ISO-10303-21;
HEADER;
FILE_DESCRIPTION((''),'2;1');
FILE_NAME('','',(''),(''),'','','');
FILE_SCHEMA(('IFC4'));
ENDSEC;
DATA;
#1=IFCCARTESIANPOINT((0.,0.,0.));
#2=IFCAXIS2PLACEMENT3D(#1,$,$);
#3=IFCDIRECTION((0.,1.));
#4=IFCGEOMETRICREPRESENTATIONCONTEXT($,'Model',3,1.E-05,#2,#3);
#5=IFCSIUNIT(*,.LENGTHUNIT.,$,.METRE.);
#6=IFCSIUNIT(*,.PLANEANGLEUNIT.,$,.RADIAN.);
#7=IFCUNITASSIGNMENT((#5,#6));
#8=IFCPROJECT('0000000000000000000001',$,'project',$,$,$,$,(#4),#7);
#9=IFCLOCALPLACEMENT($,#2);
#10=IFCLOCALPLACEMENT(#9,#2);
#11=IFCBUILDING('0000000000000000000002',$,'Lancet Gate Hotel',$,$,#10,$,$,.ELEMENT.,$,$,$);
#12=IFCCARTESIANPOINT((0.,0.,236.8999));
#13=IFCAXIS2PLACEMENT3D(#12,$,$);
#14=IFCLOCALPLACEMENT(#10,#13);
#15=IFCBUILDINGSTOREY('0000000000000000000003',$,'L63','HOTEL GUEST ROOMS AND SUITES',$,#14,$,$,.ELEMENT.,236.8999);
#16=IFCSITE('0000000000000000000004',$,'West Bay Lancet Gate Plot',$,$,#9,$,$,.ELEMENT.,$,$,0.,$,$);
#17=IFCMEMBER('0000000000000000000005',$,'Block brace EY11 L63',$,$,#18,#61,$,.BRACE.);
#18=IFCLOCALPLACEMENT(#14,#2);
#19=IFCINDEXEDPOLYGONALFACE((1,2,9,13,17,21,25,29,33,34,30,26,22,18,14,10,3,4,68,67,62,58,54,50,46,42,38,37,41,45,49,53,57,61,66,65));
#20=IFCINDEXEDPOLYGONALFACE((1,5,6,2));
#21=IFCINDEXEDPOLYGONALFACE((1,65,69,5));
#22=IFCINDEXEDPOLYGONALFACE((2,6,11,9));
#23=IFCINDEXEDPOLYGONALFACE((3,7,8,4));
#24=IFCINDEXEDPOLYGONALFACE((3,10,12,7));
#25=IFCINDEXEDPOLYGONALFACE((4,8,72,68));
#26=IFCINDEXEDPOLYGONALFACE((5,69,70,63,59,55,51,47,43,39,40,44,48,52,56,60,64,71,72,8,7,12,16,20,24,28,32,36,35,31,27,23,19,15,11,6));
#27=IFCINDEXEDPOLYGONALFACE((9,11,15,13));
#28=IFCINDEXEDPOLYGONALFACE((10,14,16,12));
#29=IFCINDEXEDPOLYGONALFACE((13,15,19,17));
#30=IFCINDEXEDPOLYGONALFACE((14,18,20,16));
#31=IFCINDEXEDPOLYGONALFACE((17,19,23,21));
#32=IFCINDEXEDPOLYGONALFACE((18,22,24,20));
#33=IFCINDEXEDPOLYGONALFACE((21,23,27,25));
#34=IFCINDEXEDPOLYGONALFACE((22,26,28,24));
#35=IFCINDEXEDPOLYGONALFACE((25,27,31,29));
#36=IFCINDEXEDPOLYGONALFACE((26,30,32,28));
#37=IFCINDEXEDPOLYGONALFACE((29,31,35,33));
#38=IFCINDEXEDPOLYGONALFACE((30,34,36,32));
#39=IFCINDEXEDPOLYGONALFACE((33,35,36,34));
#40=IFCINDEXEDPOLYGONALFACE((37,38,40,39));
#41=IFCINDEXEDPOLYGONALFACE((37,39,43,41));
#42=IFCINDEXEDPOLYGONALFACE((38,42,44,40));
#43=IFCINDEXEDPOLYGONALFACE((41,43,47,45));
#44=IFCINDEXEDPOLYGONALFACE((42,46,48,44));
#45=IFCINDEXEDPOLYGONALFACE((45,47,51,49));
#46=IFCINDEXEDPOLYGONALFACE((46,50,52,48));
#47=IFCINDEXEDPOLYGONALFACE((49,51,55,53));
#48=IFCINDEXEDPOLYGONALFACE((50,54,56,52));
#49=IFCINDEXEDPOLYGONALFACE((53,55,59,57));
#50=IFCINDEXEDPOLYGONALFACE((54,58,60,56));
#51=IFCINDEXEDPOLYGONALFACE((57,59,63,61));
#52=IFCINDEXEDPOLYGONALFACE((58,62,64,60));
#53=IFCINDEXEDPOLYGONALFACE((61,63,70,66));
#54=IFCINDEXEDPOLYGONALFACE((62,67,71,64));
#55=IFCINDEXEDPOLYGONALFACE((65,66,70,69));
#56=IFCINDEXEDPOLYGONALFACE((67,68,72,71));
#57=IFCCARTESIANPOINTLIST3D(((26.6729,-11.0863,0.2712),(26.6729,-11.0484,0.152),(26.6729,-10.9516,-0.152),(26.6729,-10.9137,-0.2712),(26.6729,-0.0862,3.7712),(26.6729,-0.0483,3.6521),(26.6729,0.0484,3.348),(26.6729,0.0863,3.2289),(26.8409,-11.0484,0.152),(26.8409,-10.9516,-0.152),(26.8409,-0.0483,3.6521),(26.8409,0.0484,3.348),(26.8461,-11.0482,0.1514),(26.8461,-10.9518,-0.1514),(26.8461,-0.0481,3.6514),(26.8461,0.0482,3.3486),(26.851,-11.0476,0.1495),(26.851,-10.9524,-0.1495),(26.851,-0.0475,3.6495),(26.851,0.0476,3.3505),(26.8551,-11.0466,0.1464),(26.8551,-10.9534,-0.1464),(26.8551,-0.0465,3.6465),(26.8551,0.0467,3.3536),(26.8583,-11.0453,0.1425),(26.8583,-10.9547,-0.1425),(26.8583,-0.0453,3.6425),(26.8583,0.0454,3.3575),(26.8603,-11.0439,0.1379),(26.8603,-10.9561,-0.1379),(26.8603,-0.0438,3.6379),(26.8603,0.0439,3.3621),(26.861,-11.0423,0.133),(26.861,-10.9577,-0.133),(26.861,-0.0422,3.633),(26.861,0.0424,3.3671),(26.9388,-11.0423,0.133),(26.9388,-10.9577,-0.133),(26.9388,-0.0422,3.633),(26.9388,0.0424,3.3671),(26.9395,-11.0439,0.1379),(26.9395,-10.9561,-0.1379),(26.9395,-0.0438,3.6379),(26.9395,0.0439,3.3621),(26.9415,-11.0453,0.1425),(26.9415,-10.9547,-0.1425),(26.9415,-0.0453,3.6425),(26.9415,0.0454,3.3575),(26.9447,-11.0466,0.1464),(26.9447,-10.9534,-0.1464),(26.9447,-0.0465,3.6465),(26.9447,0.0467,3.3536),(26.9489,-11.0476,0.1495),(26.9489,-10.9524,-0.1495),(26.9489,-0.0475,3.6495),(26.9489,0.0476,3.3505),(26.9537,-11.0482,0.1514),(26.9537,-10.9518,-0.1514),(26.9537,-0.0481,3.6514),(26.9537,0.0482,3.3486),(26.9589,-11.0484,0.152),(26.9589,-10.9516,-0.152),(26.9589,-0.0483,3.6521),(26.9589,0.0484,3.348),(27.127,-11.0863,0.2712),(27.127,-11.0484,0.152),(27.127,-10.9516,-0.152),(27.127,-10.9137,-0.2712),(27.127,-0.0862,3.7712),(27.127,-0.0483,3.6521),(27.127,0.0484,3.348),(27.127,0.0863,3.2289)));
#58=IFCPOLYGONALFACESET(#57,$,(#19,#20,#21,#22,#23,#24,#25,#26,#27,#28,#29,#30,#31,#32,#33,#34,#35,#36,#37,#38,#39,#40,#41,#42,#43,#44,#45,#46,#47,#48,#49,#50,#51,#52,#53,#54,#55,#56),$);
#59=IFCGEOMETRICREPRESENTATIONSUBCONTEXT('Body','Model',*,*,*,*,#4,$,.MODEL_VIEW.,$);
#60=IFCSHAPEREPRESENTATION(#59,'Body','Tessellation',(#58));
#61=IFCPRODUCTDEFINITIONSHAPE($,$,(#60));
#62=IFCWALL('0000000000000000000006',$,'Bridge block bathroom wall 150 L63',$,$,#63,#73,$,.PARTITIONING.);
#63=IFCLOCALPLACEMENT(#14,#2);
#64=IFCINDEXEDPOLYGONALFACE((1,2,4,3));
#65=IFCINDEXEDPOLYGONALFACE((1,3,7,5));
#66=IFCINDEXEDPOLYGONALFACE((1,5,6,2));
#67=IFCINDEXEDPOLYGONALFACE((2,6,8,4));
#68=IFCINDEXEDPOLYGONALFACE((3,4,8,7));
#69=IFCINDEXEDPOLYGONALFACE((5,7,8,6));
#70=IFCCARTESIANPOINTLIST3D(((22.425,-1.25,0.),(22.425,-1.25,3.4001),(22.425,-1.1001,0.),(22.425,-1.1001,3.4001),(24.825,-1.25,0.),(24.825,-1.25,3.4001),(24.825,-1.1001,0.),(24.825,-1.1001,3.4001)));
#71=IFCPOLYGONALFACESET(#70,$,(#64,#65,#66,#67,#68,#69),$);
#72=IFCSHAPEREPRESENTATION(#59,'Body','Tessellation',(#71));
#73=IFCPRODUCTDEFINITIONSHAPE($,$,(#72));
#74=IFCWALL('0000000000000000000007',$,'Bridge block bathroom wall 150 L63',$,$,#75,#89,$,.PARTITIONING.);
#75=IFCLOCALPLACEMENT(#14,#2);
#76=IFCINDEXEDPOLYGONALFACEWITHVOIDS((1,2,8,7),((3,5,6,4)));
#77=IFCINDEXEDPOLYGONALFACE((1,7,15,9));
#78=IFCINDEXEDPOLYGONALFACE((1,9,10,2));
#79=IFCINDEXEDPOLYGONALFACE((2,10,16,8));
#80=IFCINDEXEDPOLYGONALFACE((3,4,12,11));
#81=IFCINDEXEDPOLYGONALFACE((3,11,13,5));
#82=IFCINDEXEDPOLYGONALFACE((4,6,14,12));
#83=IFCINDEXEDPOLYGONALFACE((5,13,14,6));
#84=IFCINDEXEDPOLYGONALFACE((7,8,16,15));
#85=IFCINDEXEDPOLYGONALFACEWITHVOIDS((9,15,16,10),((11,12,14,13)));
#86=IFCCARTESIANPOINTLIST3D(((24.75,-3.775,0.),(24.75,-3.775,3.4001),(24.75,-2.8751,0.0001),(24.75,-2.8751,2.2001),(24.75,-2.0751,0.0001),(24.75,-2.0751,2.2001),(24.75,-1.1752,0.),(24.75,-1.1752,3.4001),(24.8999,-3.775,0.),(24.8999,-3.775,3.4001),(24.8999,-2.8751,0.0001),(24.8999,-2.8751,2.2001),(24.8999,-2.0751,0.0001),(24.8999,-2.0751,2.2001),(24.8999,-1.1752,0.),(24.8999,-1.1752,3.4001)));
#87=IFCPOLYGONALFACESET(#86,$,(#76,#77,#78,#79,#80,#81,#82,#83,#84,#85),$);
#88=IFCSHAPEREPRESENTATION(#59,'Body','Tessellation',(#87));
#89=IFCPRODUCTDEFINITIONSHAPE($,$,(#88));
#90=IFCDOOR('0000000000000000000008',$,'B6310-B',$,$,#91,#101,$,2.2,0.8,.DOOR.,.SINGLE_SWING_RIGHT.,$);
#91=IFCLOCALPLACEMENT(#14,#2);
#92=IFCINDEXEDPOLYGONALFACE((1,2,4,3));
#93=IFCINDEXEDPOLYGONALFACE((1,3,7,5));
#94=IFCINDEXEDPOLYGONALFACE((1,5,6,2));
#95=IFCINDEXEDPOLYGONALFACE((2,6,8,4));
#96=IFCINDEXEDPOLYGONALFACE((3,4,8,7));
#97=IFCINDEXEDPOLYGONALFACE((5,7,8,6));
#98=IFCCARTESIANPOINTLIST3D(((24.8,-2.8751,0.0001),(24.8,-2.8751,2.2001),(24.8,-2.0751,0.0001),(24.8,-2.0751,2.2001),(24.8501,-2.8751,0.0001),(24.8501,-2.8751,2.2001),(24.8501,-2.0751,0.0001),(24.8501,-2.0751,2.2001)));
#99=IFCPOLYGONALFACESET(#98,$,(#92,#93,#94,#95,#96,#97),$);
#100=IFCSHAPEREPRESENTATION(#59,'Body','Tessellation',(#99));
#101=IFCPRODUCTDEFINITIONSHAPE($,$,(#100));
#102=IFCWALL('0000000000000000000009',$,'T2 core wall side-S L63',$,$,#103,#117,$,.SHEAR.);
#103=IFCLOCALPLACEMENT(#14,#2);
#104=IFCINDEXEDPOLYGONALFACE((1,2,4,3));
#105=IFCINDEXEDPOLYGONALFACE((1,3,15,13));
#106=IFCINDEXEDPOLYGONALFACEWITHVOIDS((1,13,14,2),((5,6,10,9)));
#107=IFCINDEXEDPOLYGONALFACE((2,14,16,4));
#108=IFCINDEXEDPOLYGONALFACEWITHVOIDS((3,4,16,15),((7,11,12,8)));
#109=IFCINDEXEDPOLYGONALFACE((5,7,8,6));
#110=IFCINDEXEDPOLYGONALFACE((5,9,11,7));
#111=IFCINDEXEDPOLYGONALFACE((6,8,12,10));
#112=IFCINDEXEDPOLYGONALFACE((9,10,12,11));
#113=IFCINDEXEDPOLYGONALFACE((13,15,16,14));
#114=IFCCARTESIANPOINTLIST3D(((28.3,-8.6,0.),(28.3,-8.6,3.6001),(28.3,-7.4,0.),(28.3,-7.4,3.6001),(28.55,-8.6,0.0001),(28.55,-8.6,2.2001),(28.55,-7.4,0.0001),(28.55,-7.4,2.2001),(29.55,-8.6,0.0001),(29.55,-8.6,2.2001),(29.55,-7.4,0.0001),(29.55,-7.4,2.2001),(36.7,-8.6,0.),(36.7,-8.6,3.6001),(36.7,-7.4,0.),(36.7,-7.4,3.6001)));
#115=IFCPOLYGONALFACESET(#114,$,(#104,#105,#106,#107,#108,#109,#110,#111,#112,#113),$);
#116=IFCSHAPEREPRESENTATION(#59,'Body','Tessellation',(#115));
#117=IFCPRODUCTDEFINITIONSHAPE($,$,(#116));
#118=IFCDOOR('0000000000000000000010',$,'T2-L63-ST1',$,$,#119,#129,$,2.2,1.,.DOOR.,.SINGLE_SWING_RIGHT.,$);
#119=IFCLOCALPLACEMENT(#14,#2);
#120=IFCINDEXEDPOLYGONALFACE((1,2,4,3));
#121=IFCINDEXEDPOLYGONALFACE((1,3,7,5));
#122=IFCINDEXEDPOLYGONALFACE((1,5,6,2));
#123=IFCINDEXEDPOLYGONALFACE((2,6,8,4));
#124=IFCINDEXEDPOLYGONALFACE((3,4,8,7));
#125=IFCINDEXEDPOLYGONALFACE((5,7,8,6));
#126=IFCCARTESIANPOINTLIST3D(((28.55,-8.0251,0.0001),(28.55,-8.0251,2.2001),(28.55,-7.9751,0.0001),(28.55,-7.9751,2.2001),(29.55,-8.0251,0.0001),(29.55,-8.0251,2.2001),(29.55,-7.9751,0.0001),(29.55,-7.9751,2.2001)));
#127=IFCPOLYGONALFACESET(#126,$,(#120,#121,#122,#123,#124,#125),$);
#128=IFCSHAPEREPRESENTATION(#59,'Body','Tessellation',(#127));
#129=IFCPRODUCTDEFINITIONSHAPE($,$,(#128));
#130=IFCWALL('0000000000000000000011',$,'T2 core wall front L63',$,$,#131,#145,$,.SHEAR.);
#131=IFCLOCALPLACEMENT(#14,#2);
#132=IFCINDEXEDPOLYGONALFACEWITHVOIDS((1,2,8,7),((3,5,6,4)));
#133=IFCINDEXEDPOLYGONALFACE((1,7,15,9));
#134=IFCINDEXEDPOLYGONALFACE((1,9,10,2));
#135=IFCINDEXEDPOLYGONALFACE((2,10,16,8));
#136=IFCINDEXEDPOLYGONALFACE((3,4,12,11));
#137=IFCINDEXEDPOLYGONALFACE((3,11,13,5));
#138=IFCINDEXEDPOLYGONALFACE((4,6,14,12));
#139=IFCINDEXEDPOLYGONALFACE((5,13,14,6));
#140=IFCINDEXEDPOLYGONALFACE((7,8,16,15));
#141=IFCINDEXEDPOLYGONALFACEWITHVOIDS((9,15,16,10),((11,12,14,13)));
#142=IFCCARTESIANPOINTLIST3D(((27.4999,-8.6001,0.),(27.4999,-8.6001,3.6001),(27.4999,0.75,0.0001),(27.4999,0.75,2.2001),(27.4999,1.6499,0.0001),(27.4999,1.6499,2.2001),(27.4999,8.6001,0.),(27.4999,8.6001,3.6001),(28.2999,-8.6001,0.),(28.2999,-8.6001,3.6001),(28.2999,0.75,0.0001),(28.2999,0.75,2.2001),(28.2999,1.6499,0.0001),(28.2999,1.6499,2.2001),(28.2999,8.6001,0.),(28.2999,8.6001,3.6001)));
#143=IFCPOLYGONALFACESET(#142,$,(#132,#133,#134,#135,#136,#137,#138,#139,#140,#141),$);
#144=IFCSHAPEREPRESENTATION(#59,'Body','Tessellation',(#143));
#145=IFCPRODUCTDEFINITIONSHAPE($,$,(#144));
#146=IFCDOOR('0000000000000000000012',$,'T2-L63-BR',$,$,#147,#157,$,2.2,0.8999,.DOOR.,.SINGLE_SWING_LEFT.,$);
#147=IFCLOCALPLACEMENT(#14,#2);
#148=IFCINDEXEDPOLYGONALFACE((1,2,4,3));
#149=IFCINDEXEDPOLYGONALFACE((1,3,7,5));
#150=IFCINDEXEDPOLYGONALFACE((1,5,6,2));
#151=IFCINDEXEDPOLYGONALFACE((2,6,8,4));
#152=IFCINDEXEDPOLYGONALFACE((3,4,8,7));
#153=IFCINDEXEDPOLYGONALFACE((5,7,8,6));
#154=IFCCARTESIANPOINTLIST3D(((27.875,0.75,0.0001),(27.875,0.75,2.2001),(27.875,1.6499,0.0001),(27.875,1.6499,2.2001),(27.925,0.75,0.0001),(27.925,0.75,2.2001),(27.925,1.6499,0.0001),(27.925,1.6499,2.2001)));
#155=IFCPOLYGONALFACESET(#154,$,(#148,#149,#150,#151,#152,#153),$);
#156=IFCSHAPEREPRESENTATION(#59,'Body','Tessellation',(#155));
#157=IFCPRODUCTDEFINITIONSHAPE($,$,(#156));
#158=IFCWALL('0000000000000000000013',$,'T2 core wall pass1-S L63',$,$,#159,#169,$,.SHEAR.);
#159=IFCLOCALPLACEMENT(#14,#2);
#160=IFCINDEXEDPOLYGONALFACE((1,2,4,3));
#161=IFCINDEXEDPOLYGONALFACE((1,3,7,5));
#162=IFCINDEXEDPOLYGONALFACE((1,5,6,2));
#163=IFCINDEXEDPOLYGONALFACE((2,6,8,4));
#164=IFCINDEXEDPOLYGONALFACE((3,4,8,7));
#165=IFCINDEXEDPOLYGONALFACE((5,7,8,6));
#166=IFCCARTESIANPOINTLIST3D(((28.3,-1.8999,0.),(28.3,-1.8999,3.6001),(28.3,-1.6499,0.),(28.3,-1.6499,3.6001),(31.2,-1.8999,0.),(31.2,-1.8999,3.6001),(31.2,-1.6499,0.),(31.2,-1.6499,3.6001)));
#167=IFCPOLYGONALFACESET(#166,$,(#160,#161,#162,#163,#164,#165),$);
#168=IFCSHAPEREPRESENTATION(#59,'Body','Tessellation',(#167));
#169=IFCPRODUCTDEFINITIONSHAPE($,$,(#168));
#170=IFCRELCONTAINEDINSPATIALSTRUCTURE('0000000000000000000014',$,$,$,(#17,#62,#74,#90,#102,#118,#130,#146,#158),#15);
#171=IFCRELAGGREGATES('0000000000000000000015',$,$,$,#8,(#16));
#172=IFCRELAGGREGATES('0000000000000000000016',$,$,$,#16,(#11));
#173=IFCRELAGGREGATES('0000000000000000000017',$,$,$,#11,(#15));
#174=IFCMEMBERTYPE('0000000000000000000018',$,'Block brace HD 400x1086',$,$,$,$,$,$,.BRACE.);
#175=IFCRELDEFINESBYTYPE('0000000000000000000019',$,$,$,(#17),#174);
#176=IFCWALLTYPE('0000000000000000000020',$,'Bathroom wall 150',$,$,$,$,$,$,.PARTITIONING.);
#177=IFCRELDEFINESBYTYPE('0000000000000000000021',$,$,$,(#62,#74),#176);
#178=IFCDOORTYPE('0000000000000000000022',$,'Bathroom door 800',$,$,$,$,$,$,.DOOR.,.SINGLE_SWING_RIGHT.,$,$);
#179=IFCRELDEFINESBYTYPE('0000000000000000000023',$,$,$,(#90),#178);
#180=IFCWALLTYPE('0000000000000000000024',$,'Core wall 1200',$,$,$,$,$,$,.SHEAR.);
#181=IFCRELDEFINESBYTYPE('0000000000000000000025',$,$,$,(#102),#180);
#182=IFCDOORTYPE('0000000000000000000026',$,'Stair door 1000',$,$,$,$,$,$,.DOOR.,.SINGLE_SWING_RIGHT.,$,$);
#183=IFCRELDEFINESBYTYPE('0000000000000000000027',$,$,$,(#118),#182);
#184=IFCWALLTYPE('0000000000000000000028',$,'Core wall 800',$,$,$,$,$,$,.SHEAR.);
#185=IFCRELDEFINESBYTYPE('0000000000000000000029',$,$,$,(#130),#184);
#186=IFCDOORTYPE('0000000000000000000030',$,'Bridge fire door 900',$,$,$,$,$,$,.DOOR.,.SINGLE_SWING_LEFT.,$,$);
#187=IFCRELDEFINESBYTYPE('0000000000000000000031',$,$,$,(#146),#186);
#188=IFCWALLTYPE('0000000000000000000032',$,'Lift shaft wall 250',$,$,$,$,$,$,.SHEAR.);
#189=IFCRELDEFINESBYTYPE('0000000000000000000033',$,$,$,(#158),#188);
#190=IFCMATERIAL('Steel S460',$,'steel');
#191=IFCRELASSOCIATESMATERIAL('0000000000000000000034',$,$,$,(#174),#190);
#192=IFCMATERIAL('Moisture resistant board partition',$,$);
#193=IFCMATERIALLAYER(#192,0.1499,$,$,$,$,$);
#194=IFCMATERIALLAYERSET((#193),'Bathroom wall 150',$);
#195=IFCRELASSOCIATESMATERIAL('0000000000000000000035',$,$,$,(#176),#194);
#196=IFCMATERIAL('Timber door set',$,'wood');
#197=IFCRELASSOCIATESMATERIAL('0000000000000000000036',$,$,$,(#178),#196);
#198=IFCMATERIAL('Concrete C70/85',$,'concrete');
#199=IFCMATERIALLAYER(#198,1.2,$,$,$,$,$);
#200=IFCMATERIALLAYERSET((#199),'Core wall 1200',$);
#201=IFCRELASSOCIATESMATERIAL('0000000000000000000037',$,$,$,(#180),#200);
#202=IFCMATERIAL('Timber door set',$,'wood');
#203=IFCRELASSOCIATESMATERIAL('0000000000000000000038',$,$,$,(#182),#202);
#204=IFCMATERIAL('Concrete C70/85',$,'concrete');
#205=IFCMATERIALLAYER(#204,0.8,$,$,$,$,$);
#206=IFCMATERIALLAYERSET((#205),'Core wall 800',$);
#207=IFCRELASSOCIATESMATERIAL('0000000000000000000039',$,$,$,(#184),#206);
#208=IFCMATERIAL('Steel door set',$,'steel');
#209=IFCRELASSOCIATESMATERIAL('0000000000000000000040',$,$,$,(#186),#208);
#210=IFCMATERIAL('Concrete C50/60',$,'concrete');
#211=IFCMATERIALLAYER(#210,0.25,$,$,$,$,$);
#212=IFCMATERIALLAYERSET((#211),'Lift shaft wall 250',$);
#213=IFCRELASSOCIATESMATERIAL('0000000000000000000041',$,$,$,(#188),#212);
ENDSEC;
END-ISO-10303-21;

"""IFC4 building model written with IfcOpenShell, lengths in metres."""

from ifc_helpers import new_model, si_unit, direction, frame, frame_2d, origin, origin_2d, place, context, subcontext, project, spatial, rectangle, i_section, extrude, material, layer, layer_set, material_profile, profile_set, type_object, element, fill, save


model = new_model("IFC4")

# Units and contexts
model_context = context("Model", 3, precision=1e-05, world=origin(), true_north=direction((0.0, 1.0)))
body_context = subcontext(model_context, "Body", "Model", "MODEL_VIEW")
ifc_project = project(units=[si_unit("LENGTHUNIT", "METRE"), si_unit("PLANEANGLEUNIT", "RADIAN")], contexts=[model_context])

# Site, building, storey
site_placement = place(None, origin())
site = spatial("IfcSite", under=ifc_project, at=site_placement, Name="West Bay Lancet Gate Plot", CompositionType="ELEMENT", RefElevation=0.0)
building_placement = place(site_placement, origin())
building = spatial("IfcBuilding", under=site, at=building_placement, Name="Lancet Gate Hotel", CompositionType="ELEMENT")
storey_placement = place(building_placement, frame((0.0, 0.0, 236.8999)))
storey = spatial("IfcBuildingStorey", under=building, at=storey_placement, Name="L63", Description="HOTEL GUEST ROOMS AND SUITES", CompositionType="ELEMENT", Elevation=236.8999)

# Member
ifc_material_1 = material(Name="Steel S460", Category="steel")
ifc_material_profile_1 = material_profile(ifc_material_1, i_section(OverallWidth=0.4541, OverallDepth=0.5691, WebThickness=0.0779, FlangeThickness=0.125, FilletRadius=0.02, at=origin_2d()), Name="HD 400x1086")
ifc_profile_set_1 = profile_set([ifc_material_profile_1], Name="Steel S460")
member_type_1 = type_object("IfcMemberType", Name="Block brace HD 400x1086", PredefinedType="BRACE", material=ifc_profile_set_1)
member_1_placement = place(storey_placement, frame((26.8999, -11.0, 0.0), z_axis=(0.0, 0.952926, 0.303204), x_axis=(-1.0, 0.0, 0.0)))
element("IfcMember", 1, at=member_1_placement, inside=storey, type_object=member_type_1, Name="Block brace EY11 L63", PredefinedType="BRACE", context=body_context, shape_type="SweptSolid", body=[
    extrude(i_section(OverallWidth=0.4541, OverallDepth=0.5691, WebThickness=0.0779, FlangeThickness=0.125, FilletRadius=0.02, at=origin_2d()), origin(), (0.0, 0.0, 1.0), 11.5435),
])

# Wall
ifc_material_2 = material(Name="Moisture resistant board partition")
ifc_layer_1 = layer(ifc_material_2, 0.1499)
ifc_layer_set_1 = layer_set([ifc_layer_1], Name="Bathroom wall 150")
wall_type_1 = type_object("IfcWallType", Name="Bathroom wall 150", PredefinedType="PARTITIONING", material=ifc_layer_set_1)
wall_1_placement = place(storey_placement, frame((22.425, -1.175, 0.0), z_axis=(0.0, 0.0, 1.0), x_axis=(1.0, 0.0, 0.0)))
element("IfcWall", 2, at=wall_1_placement, inside=storey, type_object=wall_type_1, Name="Bridge block bathroom wall 150 L63", PredefinedType="PARTITIONING", context=body_context, shape_type="SweptSolid", body=[
    extrude(rectangle(XDim=2.3999, YDim=0.1499, at=frame_2d((1.2, 0.0))), origin(), (0.0, 0.0, 1.0), 3.4001),
])

# Walls, openings, doors
wall_2_placement = place(storey_placement, frame((24.825, -3.7749, 0.0), z_axis=(0.0, 0.0, 1.0), x_axis=(0.0, 1.0, 0.0)))
wall_2 = element("IfcWall", 3, at=wall_2_placement, inside=storey, type_object=wall_type_1, Name="Bridge block bathroom wall 150 L63", PredefinedType="PARTITIONING", context=body_context, shape_type="SweptSolid", body=[
    extrude(rectangle(XDim=2.5999, YDim=0.1499, at=frame_2d((1.2998, 0.0))), origin(), (0.0, 0.0, 1.0), 3.4001),
])
opening_1_placement = place(wall_2_placement, frame((0.8999, 0.0, 0.0)))
opening_1 = element("IfcOpeningElement", 4, at=opening_1_placement, cuts=wall_2, PredefinedType="OPENING", context=body_context, shape_type="SweptSolid", body=[
    extrude(rectangle(XDim=0.8, YDim=2.2, at=frame_2d((0.3999, 1.1001))), frame((0.0, 0.085, 0.0), z_axis=(0.0, -1.0, 0.0), x_axis=(1.0, 0.0, 0.0)), (0.0, 0.0, 1.0), 0.1699),
])
ifc_material_3 = material(Name="Timber door set", Category="wood")
door_type_1 = type_object("IfcDoorType", Name="Bathroom door 800", OperationType="SINGLE_SWING_RIGHT", PredefinedType="DOOR", material=ifc_material_3)
door_1_placement = place(opening_1_placement, origin())
door_1 = element("IfcDoor", 5, at=door_1_placement, inside=storey, type_object=door_type_1, Name="B6310-B", OperationType="SINGLE_SWING_RIGHT", OverallHeight=2.2, OverallWidth=0.8, PredefinedType="DOOR", context=body_context, shape_type="SweptSolid", body=[
    extrude(rectangle(XDim=0.8, YDim=2.2, at=frame_2d((0.3999, 1.1001))), frame((0.0, 0.0249, 0.0), z_axis=(0.0, -1.0, 0.0), x_axis=(1.0, 0.0, 0.0)), (0.0, 0.0, 1.0), 0.05),
])
fill(opening_1, door_1)
ifc_material_4 = material(Name="Concrete C70/85", Category="concrete")
ifc_layer_2 = layer(ifc_material_4, 1.2)
ifc_layer_set_2 = layer_set([ifc_layer_2], Name="Core wall 1200")
wall_type_2 = type_object("IfcWallType", Name="Core wall 1200", PredefinedType="SHEAR", material=ifc_layer_set_2)
wall_3_placement = place(storey_placement, frame((28.3, -8.0, 0.0), z_axis=(0.0, 0.0, 1.0), x_axis=(1.0, 0.0, 0.0)))
wall_3 = element("IfcWall", 6, at=wall_3_placement, inside=storey, type_object=wall_type_2, Name="T2 core wall side-S L63", PredefinedType="SHEAR", context=body_context, shape_type="SweptSolid", body=[
    extrude(rectangle(XDim=8.3999, YDim=1.2, at=frame_2d((4.2, 0.0))), origin(), (0.0, 0.0, 1.0), 3.6001),
])
opening_2_placement = place(wall_3_placement, frame((0.25, 0.0, 0.0)))
opening_2 = element("IfcOpeningElement", 7, at=opening_2_placement, cuts=wall_3, PredefinedType="OPENING", context=body_context, shape_type="SweptSolid", body=[
    extrude(rectangle(XDim=1.0, YDim=2.2, at=frame_2d((0.5, 1.1001))), frame((0.0, 0.6099, 0.0), z_axis=(0.0, -1.0, 0.0), x_axis=(1.0, 0.0, 0.0)), (0.0, 0.0, 1.0), 1.22),
])
ifc_material_5 = material(Name="Timber door set", Category="wood")
door_type_2 = type_object("IfcDoorType", Name="Stair door 1000", OperationType="SINGLE_SWING_RIGHT", PredefinedType="DOOR", material=ifc_material_5)
door_2_placement = place(opening_2_placement, origin())
door_2 = element("IfcDoor", 8, at=door_2_placement, inside=storey, type_object=door_type_2, Name="T2-L63-ST1", OperationType="SINGLE_SWING_RIGHT", OverallHeight=2.2, OverallWidth=1.0, PredefinedType="DOOR", context=body_context, shape_type="SweptSolid", body=[
    extrude(rectangle(XDim=1.0, YDim=2.2, at=frame_2d((0.5, 1.1001))), frame((0.0, 0.0249, 0.0), z_axis=(0.0, -1.0, 0.0), x_axis=(1.0, 0.0, 0.0)), (0.0, 0.0, 1.0), 0.05),
])
fill(opening_2, door_2)
ifc_material_6 = material(Name="Concrete C70/85", Category="concrete")
ifc_layer_3 = layer(ifc_material_6, 0.8)
ifc_layer_set_3 = layer_set([ifc_layer_3], Name="Core wall 800")
wall_type_3 = type_object("IfcWallType", Name="Core wall 800", PredefinedType="SHEAR", material=ifc_layer_set_3)
wall_4_placement = place(storey_placement, frame((27.8999, -8.6001, 0.0), z_axis=(0.0, 0.0, 1.0), x_axis=(0.0, 1.0, 0.0)))
wall_4 = element("IfcWall", 9, at=wall_4_placement, inside=storey, type_object=wall_type_3, Name="T2 core wall front L63", PredefinedType="SHEAR", context=body_context, shape_type="SweptSolid", body=[
    extrude(rectangle(XDim=17.2002, YDim=0.8, at=frame_2d((8.6001, 0.0))), origin(), (0.0, 0.0, 1.0), 3.6001),
])
opening_3_placement = place(wall_4_placement, frame((9.3501, 0.0, 0.0)))
opening_3 = element("IfcOpeningElement", 10, at=opening_3_placement, cuts=wall_4, PredefinedType="OPENING", context=body_context, shape_type="SweptSolid", body=[
    extrude(rectangle(XDim=0.8999, YDim=2.2, at=frame_2d((0.45, 1.1001))), frame((0.0, 0.4099, 0.0), z_axis=(0.0, -1.0, 0.0), x_axis=(1.0, 0.0, 0.0)), (0.0, 0.0, 1.0), 0.8201),
])
ifc_material_7 = material(Name="Steel door set", Category="steel")
door_type_3 = type_object("IfcDoorType", Name="Bridge fire door 900", OperationType="SINGLE_SWING_LEFT", PredefinedType="DOOR", material=ifc_material_7)
door_3_placement = place(opening_3_placement, origin())
door_3 = element("IfcDoor", 11, at=door_3_placement, inside=storey, type_object=door_type_3, Name="T2-L63-BR", OperationType="SINGLE_SWING_LEFT", OverallHeight=2.2, OverallWidth=0.8999, PredefinedType="DOOR", context=body_context, shape_type="SweptSolid", body=[
    extrude(rectangle(XDim=0.8999, YDim=2.2, at=frame_2d((0.45, 1.1001))), frame((0.0, 0.0249, 0.0), z_axis=(0.0, -1.0, 0.0), x_axis=(1.0, 0.0, 0.0)), (0.0, 0.0, 1.0), 0.05),
])
fill(opening_3, door_3)

# Wall
ifc_material_8 = material(Name="Concrete C50/60", Category="concrete")
ifc_layer_4 = layer(ifc_material_8, 0.25)
ifc_layer_set_4 = layer_set([ifc_layer_4], Name="Lift shaft wall 250")
wall_type_4 = type_object("IfcWallType", Name="Lift shaft wall 250", PredefinedType="SHEAR", material=ifc_layer_set_4)
wall_5_placement = place(storey_placement, frame((28.3, -1.7749, 0.0), z_axis=(0.0, 0.0, 1.0), x_axis=(1.0, 0.0, 0.0)))
element("IfcWall", 12, at=wall_5_placement, inside=storey, type_object=wall_type_4, Name="T2 core wall pass1-S L63", PredefinedType="SHEAR", context=body_context, shape_type="SweptSolid", body=[
    extrude(rectangle(XDim=2.8999, YDim=0.25, at=frame_2d((1.45, 0.0))), origin(), (0.0, 0.0, 1.0), 3.6001),
])

save(model, "model.ifc")
